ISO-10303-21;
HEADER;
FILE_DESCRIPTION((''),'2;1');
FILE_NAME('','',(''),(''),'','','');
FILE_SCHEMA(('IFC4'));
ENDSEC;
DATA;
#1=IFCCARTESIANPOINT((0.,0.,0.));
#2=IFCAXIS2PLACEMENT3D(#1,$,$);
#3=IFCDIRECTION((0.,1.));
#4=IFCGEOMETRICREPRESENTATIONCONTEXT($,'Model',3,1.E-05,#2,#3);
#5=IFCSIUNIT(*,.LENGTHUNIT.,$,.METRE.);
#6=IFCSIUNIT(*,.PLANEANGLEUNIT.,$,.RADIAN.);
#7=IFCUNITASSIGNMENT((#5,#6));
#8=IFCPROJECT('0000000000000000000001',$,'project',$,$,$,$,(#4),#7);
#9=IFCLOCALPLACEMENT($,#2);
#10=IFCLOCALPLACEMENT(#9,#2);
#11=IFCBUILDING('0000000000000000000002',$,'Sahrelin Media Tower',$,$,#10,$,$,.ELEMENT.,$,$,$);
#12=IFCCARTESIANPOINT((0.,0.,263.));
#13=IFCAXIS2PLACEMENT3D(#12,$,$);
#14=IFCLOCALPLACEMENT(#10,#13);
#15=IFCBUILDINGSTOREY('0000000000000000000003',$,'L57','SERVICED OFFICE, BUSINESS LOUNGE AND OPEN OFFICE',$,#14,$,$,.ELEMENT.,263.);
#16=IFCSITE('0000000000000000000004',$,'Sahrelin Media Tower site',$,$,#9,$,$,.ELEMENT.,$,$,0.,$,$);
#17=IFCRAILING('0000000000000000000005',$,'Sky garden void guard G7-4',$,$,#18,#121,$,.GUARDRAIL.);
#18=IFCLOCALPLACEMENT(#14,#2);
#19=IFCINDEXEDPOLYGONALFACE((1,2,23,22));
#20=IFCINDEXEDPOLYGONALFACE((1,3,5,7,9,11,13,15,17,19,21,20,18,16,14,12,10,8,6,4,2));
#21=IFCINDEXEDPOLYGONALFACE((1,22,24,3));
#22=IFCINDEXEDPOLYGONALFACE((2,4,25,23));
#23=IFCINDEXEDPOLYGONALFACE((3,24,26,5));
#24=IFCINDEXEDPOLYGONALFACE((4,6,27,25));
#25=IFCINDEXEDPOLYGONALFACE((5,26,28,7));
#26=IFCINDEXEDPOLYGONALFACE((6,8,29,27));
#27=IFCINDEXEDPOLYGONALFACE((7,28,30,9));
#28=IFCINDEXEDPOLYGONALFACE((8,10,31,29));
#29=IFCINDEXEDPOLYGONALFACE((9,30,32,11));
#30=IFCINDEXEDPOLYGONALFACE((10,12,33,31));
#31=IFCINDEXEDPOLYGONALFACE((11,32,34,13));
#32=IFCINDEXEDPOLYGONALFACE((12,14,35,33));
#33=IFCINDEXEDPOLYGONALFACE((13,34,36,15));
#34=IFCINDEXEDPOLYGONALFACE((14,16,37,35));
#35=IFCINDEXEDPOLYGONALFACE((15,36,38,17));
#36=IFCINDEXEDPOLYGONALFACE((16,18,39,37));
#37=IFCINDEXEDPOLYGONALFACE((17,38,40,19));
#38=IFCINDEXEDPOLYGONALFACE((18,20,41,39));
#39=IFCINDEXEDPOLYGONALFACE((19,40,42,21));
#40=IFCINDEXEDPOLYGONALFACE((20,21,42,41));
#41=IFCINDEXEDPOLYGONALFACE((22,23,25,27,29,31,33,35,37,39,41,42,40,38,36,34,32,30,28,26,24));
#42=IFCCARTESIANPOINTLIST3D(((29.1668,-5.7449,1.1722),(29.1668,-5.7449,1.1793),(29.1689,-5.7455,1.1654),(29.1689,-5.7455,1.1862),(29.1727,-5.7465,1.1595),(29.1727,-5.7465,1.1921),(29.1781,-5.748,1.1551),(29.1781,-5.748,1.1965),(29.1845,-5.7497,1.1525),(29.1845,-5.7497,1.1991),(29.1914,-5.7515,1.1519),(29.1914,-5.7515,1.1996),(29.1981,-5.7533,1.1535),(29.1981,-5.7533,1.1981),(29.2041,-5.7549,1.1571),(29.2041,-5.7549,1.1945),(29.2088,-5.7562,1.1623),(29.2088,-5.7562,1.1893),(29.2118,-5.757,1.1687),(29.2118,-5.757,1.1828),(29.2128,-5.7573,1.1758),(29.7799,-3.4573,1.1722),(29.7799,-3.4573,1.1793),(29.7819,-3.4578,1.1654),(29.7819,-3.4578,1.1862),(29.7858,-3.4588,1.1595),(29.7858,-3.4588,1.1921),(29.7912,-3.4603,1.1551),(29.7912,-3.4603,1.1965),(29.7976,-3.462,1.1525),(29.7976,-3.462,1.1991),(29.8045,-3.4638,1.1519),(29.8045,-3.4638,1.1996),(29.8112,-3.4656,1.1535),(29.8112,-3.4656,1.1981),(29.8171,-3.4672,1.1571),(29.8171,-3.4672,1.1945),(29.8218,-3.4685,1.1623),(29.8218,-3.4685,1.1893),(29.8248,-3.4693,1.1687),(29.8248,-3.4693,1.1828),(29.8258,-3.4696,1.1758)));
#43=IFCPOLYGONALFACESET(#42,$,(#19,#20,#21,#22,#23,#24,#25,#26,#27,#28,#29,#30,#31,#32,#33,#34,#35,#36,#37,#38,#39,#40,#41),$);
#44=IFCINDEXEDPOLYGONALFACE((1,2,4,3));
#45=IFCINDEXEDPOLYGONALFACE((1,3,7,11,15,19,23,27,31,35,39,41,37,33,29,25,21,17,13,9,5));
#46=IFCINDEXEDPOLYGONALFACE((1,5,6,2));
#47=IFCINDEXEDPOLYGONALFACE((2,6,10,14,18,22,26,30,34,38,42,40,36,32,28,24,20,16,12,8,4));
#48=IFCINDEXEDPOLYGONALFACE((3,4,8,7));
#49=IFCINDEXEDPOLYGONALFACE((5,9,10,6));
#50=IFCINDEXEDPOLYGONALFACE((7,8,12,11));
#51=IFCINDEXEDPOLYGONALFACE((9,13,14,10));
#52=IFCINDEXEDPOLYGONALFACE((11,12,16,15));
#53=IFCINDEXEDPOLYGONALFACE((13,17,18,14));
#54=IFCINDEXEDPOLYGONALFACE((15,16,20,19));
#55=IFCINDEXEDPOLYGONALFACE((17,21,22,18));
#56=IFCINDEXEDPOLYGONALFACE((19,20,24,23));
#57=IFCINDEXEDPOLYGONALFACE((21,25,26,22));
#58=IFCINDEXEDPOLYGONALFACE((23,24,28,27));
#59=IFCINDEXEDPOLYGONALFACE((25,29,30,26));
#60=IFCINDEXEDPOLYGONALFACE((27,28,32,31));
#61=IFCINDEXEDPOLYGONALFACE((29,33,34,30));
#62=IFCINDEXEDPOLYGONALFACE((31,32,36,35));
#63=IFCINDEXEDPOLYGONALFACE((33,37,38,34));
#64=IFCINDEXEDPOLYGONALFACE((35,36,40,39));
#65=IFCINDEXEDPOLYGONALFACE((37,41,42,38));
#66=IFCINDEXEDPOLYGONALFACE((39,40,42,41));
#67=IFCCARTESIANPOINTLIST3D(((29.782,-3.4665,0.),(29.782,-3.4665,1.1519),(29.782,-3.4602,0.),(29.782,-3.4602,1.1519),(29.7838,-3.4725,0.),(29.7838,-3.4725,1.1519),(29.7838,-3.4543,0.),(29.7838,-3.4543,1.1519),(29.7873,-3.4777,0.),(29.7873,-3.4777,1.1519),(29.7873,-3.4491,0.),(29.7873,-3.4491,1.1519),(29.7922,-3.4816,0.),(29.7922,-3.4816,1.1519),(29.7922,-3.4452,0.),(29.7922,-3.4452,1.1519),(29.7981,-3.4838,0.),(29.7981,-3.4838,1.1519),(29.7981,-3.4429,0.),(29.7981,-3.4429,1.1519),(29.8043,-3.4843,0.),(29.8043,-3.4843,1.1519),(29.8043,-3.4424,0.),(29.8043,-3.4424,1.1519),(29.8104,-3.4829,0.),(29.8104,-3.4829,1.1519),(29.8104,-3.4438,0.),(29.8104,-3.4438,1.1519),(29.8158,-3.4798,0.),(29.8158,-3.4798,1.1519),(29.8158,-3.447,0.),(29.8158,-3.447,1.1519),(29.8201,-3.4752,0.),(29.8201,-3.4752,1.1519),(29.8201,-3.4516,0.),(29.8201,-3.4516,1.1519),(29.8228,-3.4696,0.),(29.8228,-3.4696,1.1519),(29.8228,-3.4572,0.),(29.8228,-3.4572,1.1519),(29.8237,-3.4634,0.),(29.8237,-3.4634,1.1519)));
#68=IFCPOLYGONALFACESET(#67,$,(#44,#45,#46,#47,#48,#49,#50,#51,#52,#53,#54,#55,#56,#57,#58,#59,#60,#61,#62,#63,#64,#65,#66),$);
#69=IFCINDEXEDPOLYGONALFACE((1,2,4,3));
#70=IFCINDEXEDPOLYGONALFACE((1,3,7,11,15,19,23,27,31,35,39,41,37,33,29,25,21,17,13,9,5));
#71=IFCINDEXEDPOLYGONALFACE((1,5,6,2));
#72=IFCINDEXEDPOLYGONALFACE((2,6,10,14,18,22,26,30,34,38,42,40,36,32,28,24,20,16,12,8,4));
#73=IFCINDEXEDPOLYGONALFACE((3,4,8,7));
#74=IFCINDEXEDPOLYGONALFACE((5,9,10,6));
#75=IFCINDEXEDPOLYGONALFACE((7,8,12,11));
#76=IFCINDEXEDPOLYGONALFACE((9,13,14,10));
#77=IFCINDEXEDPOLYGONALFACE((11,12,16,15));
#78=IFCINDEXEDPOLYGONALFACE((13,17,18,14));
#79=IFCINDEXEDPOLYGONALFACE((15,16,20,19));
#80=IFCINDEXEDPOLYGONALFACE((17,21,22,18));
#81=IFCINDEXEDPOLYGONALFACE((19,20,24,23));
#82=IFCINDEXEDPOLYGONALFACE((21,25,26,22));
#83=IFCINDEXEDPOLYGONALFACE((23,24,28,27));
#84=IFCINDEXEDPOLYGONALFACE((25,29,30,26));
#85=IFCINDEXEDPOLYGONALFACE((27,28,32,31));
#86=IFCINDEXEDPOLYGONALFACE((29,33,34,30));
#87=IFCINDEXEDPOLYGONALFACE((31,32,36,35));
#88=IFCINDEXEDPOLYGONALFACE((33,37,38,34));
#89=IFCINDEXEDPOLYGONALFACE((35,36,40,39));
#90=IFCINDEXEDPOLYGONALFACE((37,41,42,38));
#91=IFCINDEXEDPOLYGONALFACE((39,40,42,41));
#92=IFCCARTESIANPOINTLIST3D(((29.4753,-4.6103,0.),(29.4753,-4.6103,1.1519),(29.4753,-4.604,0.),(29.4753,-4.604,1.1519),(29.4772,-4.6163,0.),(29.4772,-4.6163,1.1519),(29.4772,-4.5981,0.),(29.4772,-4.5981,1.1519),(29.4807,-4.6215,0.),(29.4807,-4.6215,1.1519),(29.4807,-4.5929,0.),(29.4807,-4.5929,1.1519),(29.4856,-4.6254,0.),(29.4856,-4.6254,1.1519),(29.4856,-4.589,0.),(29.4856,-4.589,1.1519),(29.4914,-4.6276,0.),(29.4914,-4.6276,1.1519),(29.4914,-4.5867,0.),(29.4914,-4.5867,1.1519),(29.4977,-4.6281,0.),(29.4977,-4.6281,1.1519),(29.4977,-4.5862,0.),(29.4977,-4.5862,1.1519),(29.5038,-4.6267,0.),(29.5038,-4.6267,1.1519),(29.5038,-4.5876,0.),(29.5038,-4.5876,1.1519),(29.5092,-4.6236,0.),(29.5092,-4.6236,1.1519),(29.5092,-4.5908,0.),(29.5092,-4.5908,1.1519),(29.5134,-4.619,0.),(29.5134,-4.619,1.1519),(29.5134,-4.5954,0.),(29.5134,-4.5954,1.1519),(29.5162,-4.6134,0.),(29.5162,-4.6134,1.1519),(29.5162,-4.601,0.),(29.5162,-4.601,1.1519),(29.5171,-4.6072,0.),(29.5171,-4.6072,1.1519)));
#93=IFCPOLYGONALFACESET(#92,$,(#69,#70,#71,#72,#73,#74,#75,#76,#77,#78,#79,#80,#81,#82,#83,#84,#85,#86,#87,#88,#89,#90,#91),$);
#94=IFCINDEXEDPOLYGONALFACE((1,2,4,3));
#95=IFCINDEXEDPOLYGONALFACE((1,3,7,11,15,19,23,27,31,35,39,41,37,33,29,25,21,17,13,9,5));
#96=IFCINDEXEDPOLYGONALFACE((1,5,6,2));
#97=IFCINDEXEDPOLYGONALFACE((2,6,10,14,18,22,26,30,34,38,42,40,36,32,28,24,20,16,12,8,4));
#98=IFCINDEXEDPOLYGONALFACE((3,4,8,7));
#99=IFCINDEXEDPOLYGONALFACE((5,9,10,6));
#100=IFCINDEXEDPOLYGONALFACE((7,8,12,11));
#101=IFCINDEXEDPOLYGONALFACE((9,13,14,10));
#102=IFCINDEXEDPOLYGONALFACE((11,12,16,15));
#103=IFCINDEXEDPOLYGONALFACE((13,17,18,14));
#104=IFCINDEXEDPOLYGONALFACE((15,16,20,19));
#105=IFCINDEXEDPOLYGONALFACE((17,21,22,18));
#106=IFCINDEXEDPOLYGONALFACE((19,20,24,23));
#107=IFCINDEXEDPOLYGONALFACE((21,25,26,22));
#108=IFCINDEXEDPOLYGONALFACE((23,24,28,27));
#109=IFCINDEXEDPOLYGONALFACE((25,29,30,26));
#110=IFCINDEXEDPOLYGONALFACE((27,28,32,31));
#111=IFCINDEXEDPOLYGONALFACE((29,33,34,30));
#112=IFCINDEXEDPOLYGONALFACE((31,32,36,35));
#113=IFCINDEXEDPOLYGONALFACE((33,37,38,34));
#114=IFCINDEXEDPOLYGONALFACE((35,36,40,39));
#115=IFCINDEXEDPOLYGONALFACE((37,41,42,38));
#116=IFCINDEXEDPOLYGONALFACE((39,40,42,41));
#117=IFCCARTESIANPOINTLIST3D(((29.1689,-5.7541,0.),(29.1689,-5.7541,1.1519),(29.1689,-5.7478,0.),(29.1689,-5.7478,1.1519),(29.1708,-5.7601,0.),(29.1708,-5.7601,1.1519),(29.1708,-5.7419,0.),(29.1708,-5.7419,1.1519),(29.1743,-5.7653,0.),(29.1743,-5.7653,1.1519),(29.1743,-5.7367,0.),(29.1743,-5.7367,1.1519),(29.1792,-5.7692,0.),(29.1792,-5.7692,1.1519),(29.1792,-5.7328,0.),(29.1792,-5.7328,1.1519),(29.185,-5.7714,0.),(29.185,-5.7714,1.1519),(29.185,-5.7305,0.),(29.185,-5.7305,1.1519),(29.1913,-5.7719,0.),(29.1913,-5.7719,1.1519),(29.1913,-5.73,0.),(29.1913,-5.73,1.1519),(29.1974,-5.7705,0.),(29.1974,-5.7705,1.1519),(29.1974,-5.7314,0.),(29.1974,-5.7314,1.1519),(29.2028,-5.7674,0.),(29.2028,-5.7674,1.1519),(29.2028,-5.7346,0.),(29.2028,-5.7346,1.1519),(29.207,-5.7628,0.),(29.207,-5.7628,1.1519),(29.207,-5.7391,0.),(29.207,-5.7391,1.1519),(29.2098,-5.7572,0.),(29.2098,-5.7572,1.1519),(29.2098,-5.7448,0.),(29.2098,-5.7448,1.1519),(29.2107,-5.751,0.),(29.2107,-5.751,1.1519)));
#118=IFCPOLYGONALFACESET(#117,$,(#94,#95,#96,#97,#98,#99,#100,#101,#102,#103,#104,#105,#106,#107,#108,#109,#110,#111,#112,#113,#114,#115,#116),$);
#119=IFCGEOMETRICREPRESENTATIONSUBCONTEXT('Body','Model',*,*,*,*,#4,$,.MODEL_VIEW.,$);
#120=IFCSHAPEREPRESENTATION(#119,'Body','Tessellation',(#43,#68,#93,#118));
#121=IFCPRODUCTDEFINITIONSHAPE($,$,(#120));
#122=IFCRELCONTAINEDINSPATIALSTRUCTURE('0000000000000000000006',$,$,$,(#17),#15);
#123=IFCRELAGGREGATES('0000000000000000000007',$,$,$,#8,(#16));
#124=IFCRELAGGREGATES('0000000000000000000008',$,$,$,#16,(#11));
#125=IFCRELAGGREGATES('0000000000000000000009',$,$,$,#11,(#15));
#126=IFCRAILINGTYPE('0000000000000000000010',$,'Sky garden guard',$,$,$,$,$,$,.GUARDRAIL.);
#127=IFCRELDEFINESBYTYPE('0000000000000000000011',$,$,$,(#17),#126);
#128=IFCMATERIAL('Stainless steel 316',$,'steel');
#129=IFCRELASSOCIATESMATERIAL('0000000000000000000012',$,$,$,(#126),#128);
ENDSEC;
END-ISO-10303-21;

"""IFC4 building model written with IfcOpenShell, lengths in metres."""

from ifc_helpers import new_model, si_unit, direction, frame, origin, origin_2d, place, context, subcontext, project, spatial, circle, extrude, material, type_object, element, save


model = new_model("IFC4")

# Units and contexts
model_context = context("Model", 3, precision=1e-05, world=origin(), true_north=direction((0.0, 1.0)))
body_context = subcontext(model_context, "Body", "Model", "MODEL_VIEW")
ifc_project = project(units=[si_unit("LENGTHUNIT", "METRE"), si_unit("PLANEANGLEUNIT", "RADIAN")], contexts=[model_context])

# Site, building, storey
site_placement = place(None, origin())
site = spatial("IfcSite", under=ifc_project, at=site_placement, Name="Sahrelin Media Tower site", CompositionType="ELEMENT", RefElevation=0.0)
building_placement = place(site_placement, origin())
building = spatial("IfcBuilding", under=site, at=building_placement, Name="Sahrelin Media Tower", CompositionType="ELEMENT")
storey_placement = place(building_placement, frame((0.0, 0.0, 263.0)))
storey = spatial("IfcBuildingStorey", under=building, at=storey_placement, Name="L57", Description="SERVICED OFFICE, BUSINESS LOUNGE AND OPEN OFFICE", CompositionType="ELEMENT", Elevation=263.0)

# Railing
ifc_material_1 = material(Name="Stainless steel 316", Category="steel")
railing_type = type_object("IfcRailingType", Name="Sky garden guard", PredefinedType="GUARDRAIL", material=ifc_material_1)
railing_1_placement = place(storey_placement, frame((29.8027, -3.4634, 0.0)))
element("IfcRailing", 1, at=railing_1_placement, inside=storey, type_object=railing_type, Name="Sky garden void guard G7-4", PredefinedType="GUARDRAIL", context=body_context, shape_type="SweptSolid", body=[
    extrude(circle(Radius=0.0239, at=origin_2d()), frame((0.0, 0.0, 1.1758), z_axis=(-0.258849, -0.965918, 0.0), x_axis=(0.965918, -0.258849, 0.0)), (0.0, 0.0, 1.0), 2.3684),
    extrude(circle(Radius=0.021, at=origin_2d()), origin(), (0.0, 0.0, 1.0), 1.1519),
    extrude(circle(Radius=0.021, at=origin_2d()), frame((-0.3066, -1.1438, 0.0)), (0.0, 0.0, 1.0), 1.1519),
    extrude(circle(Radius=0.021, at=origin_2d()), frame((-0.613, -2.2876, 0.0)), (0.0, 0.0, 1.0), 1.1519),
])

save(model, "model.ifc")
